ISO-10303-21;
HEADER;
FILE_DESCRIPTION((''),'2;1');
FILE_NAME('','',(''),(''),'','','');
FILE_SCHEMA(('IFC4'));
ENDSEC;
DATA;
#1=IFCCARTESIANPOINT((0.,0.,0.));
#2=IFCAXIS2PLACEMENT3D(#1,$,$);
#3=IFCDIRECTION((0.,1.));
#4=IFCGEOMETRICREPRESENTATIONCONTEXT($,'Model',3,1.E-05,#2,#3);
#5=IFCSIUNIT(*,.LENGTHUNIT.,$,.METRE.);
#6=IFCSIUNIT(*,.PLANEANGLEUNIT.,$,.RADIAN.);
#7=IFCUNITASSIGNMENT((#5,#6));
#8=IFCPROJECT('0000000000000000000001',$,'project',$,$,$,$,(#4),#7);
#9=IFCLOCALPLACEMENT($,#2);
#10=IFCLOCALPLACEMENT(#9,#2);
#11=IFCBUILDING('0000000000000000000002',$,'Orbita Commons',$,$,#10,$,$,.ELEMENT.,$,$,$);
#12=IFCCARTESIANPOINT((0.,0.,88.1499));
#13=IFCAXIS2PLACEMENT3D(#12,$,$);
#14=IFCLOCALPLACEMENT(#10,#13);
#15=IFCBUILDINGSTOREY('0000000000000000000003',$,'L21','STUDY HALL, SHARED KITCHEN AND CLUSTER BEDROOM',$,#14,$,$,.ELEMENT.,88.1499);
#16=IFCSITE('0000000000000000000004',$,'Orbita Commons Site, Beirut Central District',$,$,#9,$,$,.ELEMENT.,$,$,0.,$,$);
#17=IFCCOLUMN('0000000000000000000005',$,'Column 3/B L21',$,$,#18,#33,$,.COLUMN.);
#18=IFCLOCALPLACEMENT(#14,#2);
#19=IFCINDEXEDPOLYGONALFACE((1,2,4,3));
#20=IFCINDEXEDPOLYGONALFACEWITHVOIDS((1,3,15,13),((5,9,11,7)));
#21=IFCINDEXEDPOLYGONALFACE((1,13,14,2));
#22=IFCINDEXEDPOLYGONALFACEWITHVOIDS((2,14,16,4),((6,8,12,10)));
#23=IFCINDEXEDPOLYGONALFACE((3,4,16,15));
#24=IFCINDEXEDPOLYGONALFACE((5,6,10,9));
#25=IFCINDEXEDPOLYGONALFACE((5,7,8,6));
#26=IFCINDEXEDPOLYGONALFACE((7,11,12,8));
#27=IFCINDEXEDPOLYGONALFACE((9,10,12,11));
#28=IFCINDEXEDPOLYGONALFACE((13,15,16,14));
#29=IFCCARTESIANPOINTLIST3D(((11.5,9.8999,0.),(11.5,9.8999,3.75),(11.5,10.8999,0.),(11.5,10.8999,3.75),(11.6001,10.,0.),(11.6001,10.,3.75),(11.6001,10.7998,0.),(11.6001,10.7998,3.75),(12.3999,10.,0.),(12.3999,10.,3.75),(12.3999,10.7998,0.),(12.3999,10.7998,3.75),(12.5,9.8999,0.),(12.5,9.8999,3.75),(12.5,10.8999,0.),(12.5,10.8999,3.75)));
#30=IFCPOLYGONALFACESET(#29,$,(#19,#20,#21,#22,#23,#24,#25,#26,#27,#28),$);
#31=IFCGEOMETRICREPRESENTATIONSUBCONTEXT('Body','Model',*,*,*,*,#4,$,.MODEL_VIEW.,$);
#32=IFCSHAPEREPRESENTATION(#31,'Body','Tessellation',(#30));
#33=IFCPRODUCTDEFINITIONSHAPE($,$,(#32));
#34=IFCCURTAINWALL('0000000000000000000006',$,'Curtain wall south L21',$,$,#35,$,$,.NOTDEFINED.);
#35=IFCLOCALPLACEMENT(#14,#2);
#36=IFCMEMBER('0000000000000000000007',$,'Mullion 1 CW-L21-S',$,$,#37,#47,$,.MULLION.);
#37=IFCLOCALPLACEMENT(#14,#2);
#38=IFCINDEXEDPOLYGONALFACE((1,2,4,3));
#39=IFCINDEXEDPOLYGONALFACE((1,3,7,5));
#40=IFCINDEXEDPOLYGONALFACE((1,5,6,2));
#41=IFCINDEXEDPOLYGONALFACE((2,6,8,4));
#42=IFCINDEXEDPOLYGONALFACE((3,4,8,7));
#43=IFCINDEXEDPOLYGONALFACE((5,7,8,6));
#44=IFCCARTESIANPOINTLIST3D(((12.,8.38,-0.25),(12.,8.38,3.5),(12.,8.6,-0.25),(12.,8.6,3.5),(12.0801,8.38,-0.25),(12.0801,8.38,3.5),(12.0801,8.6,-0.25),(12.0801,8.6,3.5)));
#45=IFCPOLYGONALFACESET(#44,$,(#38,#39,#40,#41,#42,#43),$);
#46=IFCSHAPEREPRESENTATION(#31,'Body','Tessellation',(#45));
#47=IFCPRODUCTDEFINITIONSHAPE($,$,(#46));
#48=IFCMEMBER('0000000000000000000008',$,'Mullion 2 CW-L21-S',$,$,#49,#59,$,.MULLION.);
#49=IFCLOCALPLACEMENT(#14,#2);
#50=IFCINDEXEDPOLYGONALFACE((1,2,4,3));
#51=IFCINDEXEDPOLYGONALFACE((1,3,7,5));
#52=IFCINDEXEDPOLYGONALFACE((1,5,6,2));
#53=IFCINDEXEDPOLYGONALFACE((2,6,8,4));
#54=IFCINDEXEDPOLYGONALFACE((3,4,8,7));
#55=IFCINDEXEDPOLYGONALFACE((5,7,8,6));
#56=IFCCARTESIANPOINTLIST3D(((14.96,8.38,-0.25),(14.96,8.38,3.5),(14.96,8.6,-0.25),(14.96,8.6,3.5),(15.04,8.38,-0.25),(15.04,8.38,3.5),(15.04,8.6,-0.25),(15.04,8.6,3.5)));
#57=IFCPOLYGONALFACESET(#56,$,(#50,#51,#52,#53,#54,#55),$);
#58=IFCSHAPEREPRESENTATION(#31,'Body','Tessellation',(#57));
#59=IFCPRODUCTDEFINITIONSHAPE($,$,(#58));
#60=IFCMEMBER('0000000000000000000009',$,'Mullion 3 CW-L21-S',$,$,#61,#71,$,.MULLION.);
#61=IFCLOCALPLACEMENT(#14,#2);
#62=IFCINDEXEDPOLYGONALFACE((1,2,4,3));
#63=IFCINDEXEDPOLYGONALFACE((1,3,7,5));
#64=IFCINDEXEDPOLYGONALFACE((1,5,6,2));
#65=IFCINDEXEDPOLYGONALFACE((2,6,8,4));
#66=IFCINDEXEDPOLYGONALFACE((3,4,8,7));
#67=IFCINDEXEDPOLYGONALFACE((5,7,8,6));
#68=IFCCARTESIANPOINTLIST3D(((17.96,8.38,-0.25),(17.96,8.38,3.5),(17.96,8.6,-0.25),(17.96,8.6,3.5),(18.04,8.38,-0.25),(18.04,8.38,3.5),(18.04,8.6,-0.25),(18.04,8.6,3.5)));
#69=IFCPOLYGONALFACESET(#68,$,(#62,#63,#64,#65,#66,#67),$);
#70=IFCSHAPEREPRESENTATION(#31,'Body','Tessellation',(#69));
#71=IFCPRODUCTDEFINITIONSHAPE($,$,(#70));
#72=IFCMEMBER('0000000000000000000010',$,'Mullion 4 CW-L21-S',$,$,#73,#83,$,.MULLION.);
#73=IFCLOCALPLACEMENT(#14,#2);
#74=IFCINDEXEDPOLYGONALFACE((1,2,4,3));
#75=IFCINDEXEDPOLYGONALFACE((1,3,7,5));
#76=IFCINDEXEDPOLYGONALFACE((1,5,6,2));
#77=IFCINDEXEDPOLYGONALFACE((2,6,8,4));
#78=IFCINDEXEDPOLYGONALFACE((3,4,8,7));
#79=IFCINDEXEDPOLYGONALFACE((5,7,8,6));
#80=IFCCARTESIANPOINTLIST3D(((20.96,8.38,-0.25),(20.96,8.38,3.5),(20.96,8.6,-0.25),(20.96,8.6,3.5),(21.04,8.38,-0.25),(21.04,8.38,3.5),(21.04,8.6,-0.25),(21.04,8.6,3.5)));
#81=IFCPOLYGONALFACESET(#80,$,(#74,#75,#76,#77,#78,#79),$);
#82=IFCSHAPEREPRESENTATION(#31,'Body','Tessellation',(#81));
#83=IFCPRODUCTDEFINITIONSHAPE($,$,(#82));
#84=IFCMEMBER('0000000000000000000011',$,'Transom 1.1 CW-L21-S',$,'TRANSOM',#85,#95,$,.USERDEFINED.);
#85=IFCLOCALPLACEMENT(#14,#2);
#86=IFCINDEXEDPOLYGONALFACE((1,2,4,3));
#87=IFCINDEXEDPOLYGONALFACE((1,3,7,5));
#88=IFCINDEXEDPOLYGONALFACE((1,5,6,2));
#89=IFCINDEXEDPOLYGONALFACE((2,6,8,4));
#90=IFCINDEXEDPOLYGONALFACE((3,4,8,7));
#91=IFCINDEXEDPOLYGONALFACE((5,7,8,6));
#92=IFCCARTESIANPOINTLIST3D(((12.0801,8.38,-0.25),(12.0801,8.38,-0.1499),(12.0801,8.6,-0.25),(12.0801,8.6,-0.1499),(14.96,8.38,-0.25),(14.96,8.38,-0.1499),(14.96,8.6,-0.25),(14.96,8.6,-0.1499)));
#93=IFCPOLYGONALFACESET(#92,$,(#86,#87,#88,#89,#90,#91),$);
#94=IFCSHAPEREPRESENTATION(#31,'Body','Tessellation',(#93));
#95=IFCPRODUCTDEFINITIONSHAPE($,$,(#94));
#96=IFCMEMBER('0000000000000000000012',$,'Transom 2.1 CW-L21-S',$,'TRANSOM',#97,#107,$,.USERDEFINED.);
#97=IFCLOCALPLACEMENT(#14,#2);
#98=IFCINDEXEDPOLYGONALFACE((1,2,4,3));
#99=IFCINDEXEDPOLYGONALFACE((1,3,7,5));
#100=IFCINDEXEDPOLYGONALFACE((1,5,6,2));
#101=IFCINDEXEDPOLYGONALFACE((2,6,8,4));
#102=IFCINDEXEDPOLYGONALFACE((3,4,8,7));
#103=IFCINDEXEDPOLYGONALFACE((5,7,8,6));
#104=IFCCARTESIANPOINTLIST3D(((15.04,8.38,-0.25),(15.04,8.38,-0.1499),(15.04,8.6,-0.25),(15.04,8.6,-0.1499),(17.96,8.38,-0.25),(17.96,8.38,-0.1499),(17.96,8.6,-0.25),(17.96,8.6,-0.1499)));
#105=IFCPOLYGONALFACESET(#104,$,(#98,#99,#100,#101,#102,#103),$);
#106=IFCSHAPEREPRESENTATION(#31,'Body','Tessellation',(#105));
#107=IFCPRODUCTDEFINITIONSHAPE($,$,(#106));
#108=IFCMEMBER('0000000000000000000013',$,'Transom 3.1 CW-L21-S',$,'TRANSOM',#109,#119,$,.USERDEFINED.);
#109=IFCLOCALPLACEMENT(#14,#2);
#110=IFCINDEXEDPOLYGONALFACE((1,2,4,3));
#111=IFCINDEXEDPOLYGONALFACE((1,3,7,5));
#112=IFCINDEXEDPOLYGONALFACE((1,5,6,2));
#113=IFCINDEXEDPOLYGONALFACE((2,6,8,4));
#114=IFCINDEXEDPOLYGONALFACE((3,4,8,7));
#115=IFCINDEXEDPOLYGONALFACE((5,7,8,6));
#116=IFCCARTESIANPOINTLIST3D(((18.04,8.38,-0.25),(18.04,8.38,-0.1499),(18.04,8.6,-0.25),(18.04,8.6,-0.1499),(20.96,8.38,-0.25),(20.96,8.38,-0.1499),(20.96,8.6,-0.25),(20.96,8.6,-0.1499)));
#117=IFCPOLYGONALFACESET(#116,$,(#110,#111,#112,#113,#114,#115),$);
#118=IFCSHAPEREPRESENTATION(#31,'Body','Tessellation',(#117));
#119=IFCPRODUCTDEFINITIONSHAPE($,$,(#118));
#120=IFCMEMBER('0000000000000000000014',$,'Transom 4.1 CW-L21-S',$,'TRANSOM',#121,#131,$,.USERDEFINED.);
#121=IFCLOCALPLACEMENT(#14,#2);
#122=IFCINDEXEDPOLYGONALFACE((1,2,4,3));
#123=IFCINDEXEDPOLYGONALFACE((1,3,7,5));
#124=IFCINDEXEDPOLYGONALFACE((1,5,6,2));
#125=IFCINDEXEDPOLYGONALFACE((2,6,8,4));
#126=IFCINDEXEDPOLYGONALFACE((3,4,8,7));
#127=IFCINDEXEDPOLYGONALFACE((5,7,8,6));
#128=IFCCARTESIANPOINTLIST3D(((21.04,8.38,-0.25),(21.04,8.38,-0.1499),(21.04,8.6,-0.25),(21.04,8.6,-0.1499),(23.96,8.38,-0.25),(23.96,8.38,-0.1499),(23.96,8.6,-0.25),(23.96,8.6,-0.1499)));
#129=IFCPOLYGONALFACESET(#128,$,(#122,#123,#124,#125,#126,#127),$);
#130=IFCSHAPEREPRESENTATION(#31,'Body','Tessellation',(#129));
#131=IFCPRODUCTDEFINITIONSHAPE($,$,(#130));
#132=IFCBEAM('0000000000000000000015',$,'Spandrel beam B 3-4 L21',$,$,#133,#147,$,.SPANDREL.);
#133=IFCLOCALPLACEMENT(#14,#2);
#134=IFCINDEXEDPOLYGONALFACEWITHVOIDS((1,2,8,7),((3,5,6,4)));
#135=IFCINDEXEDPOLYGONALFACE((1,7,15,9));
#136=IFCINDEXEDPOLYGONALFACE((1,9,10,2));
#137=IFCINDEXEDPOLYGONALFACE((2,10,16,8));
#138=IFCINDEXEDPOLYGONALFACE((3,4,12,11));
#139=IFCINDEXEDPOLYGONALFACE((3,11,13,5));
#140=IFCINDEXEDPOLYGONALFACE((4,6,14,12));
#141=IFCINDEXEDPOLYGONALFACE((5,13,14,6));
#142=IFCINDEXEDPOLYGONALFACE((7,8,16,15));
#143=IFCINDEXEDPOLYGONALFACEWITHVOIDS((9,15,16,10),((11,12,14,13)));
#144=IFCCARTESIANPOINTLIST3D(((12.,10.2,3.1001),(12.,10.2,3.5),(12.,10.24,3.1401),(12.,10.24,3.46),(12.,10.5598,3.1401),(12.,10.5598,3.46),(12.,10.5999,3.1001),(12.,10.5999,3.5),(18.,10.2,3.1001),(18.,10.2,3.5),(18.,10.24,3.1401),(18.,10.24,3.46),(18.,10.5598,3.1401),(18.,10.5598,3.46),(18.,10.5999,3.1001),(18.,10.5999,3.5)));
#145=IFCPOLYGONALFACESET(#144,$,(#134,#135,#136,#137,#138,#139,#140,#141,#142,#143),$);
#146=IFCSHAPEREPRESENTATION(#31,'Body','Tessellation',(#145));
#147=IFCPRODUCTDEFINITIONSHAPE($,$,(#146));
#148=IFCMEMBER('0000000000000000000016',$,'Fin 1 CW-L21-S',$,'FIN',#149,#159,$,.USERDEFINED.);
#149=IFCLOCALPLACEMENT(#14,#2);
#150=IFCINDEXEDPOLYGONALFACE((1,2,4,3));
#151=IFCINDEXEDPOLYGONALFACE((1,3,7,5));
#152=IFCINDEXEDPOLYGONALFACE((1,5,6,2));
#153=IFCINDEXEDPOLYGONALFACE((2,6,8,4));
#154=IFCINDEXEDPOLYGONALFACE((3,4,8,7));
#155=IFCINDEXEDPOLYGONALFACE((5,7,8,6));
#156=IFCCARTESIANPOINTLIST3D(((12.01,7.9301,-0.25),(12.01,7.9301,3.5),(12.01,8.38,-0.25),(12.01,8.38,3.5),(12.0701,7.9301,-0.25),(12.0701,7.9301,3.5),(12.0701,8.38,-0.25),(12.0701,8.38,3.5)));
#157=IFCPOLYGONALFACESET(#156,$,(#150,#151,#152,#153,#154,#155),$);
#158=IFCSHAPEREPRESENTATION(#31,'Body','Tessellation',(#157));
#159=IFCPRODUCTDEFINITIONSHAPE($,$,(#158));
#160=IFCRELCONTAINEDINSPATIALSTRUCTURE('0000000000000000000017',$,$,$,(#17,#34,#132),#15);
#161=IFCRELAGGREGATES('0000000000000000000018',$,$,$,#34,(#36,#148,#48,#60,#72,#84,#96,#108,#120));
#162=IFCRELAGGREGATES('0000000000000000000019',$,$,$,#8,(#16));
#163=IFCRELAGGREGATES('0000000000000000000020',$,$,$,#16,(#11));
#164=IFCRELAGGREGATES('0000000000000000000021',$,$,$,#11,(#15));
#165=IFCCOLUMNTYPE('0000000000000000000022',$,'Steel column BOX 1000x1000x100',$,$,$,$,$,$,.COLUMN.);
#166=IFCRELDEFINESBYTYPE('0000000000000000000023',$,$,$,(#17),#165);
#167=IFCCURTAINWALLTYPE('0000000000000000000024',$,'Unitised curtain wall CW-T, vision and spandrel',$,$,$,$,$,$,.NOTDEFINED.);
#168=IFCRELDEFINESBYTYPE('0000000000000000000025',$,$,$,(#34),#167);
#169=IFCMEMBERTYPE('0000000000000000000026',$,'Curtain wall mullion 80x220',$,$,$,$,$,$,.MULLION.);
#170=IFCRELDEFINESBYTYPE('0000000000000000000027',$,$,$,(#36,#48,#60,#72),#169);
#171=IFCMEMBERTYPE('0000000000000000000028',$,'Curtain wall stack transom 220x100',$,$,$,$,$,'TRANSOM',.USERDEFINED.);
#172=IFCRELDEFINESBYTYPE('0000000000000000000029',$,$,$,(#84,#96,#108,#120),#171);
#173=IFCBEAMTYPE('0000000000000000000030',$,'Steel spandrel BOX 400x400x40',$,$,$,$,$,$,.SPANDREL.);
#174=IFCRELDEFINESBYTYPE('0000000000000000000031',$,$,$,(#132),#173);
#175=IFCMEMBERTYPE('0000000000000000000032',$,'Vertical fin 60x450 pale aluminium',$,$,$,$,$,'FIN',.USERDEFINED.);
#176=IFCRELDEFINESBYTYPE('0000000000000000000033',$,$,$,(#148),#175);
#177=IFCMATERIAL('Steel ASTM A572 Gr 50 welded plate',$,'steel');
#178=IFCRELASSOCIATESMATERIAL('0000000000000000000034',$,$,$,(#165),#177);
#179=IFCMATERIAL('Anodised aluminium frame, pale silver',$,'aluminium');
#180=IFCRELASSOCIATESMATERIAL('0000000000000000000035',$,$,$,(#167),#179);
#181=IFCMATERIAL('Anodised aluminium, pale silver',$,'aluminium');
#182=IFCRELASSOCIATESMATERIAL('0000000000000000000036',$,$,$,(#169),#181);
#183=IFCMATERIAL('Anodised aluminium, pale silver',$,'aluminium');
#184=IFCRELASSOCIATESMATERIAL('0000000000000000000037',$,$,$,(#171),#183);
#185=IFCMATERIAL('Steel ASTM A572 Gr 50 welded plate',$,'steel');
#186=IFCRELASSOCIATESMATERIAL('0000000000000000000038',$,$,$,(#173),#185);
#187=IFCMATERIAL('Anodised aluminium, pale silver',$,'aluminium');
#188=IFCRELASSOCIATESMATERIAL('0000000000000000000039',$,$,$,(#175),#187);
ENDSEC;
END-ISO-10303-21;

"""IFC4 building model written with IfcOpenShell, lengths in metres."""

from ifc_helpers import new_model, si_unit, direction, frame, origin, origin_2d, place, context, subcontext, project, spatial, rectangle, hollow_rectangle, extrude, material, material_profile, profile_set, type_object, element, aggregate, save


model = new_model("IFC4")

# Units and contexts
model_context = context("Model", 3, precision=1e-05, world=origin(), true_north=direction((0.0, 1.0)))
body_context = subcontext(model_context, "Body", "Model", "MODEL_VIEW")
ifc_project = project(units=[si_unit("LENGTHUNIT", "METRE"), si_unit("PLANEANGLEUNIT", "RADIAN")], contexts=[model_context])

# Site, building, storey
site_placement = place(None, origin())
site = spatial("IfcSite", under=ifc_project, at=site_placement, Name="Orbita Commons Site, Beirut Central District", CompositionType="ELEMENT", RefElevation=0.0)
building_placement = place(site_placement, origin())
building = spatial("IfcBuilding", under=site, at=building_placement, Name="Orbita Commons", CompositionType="ELEMENT")
storey_placement = place(building_placement, frame((0.0, 0.0, 88.1499)))
storey = spatial("IfcBuildingStorey", under=building, at=storey_placement, Name="L21", Description="STUDY HALL, SHARED KITCHEN AND CLUSTER BEDROOM", CompositionType="ELEMENT", Elevation=88.1499)

# Column
ifc_material_1 = material(Name="Steel ASTM A572 Gr 50 welded plate", Category="steel")
ifc_material_profile_1 = material_profile(ifc_material_1, hollow_rectangle(XDim=1.0, YDim=1.0, WallThickness=0.1001, at=origin_2d()), Name="BOX 1000x1000x100")
ifc_profile_set_1 = profile_set([ifc_material_profile_1], Name="Steel ASTM A572 Gr 50 welded plate")
column_type = type_object("IfcColumnType", Name="Steel column BOX 1000x1000x100", PredefinedType="COLUMN", material=ifc_profile_set_1)
column_placement = place(storey_placement, frame((12.0, 10.3999, 0.0), z_axis=(0.0, 0.0, 1.0), x_axis=(1.0, 0.0, 0.0)))
element("IfcColumn", 1, at=column_placement, inside=storey, type_object=column_type, Name="Column 3/B L21", PredefinedType="COLUMN", context=body_context, shape_type="SweptSolid", body=[
    extrude(hollow_rectangle(XDim=1.0, YDim=1.0, WallThickness=0.1001, at=origin_2d()), origin(), (0.0, 0.0, 1.0), 3.75),
])

# Curtain wall, members
ifc_material_2 = material(Name="Anodised aluminium frame, pale silver", Category="aluminium")
curtain_wall_type = type_object("IfcCurtainWallType", Name="Unitised curtain wall CW-T, vision and spandrel", PredefinedType="NOTDEFINED", material=ifc_material_2)
curtain_wall_placement = place(storey_placement, origin())
curtain_wall = element("IfcCurtainWall", 2, at=curtain_wall_placement, inside=storey, type_object=curtain_wall_type, Name="Curtain wall south L21", PredefinedType="NOTDEFINED")
ifc_material_3 = material(Name="Anodised aluminium, pale silver", Category="aluminium")
ifc_material_profile_2 = material_profile(ifc_material_3, rectangle(XDim=0.0801, YDim=0.22, at=origin_2d()), Name="AL 80x220")
ifc_profile_set_2 = profile_set([ifc_material_profile_2], Name="Anodised aluminium, pale silver")
member_type_1 = type_object("IfcMemberType", Name="Curtain wall mullion 80x220", PredefinedType="MULLION", material=ifc_profile_set_2)
member_1_placement = place(storey_placement, frame((12.04, 8.49, -0.25), z_axis=(0.0, 0.0, 1.0), x_axis=(1.0, 0.0, 0.0)))
member_1 = element("IfcMember", 3, at=member_1_placement, type_object=member_type_1, Name="Mullion 1 CW-L21-S", PredefinedType="MULLION", context=body_context, shape_type="SweptSolid", body=[
    extrude(rectangle(XDim=0.0801, YDim=0.22, at=origin_2d()), origin(), (0.0, 0.0, 1.0), 3.75),
])
member_2_placement = place(storey_placement, frame((15.0, 8.49, -0.25), z_axis=(0.0, 0.0, 1.0), x_axis=(1.0, 0.0, 0.0)))
member_2 = element("IfcMember", 4, at=member_2_placement, type_object=member_type_1, Name="Mullion 2 CW-L21-S", PredefinedType="MULLION", context=body_context, shape_type="SweptSolid", body=[
    extrude(rectangle(XDim=0.0801, YDim=0.22, at=origin_2d()), origin(), (0.0, 0.0, 1.0), 3.75),
])
member_3_placement = place(storey_placement, frame((18.0, 8.49, -0.25), z_axis=(0.0, 0.0, 1.0), x_axis=(1.0, 0.0, 0.0)))
member_3 = element("IfcMember", 5, at=member_3_placement, type_object=member_type_1, Name="Mullion 3 CW-L21-S", PredefinedType="MULLION", context=body_context, shape_type="SweptSolid", body=[
    extrude(rectangle(XDim=0.0801, YDim=0.22, at=origin_2d()), origin(), (0.0, 0.0, 1.0), 3.75),
])
member_4_placement = place(storey_placement, frame((21.0, 8.49, -0.25), z_axis=(0.0, 0.0, 1.0), x_axis=(1.0, 0.0, 0.0)))
member_4 = element("IfcMember", 6, at=member_4_placement, type_object=member_type_1, Name="Mullion 4 CW-L21-S", PredefinedType="MULLION", context=body_context, shape_type="SweptSolid", body=[
    extrude(rectangle(XDim=0.0801, YDim=0.22, at=origin_2d()), origin(), (0.0, 0.0, 1.0), 3.75),
])
ifc_material_4 = material(Name="Anodised aluminium, pale silver", Category="aluminium")
ifc_material_profile_3 = material_profile(ifc_material_4, rectangle(XDim=0.22, YDim=0.1001, at=origin_2d()), Name="AL 220x100")
ifc_profile_set_3 = profile_set([ifc_material_profile_3], Name="Anodised aluminium, pale silver")
member_type_2 = type_object("IfcMemberType", Name="Curtain wall stack transom 220x100", ElementType="TRANSOM", PredefinedType="USERDEFINED", material=ifc_profile_set_3)
member_5_placement = place(storey_placement, frame((12.0801, 8.49, -0.2), z_axis=(1.0, 0.0, 0.0), x_axis=(0.0, 1.0, 0.0)))
member_5 = element("IfcMember", 7, at=member_5_placement, type_object=member_type_2, Name="Transom 1.1 CW-L21-S", ObjectType="TRANSOM", PredefinedType="USERDEFINED", context=body_context, shape_type="SweptSolid", body=[
    extrude(rectangle(XDim=0.22, YDim=0.1001, at=origin_2d()), origin(), (0.0, 0.0, 1.0), 2.8799),
])
member_6_placement = place(storey_placement, frame((15.04, 8.49, -0.2), z_axis=(1.0, 0.0, 0.0), x_axis=(0.0, 1.0, 0.0)))
member_6 = element("IfcMember", 8, at=member_6_placement, type_object=member_type_2, Name="Transom 2.1 CW-L21-S", ObjectType="TRANSOM", PredefinedType="USERDEFINED", context=body_context, shape_type="SweptSolid", body=[
    extrude(rectangle(XDim=0.22, YDim=0.1001, at=origin_2d()), origin(), (0.0, 0.0, 1.0), 2.9199),
])
member_7_placement = place(storey_placement, frame((18.04, 8.49, -0.2), z_axis=(1.0, 0.0, 0.0), x_axis=(0.0, 1.0, 0.0)))
member_7 = element("IfcMember", 9, at=member_7_placement, type_object=member_type_2, Name="Transom 3.1 CW-L21-S", ObjectType="TRANSOM", PredefinedType="USERDEFINED", context=body_context, shape_type="SweptSolid", body=[
    extrude(rectangle(XDim=0.22, YDim=0.1001, at=origin_2d()), origin(), (0.0, 0.0, 1.0), 2.9199),
])
member_8_placement = place(storey_placement, frame((21.04, 8.49, -0.2), z_axis=(1.0, 0.0, 0.0), x_axis=(0.0, 1.0, 0.0)))
member_8 = element("IfcMember", 10, at=member_8_placement, type_object=member_type_2, Name="Transom 4.1 CW-L21-S", ObjectType="TRANSOM", PredefinedType="USERDEFINED", context=body_context, shape_type="SweptSolid", body=[
    extrude(rectangle(XDim=0.22, YDim=0.1001, at=origin_2d()), origin(), (0.0, 0.0, 1.0), 2.9199),
])

# Beam
ifc_material_5 = material(Name="Steel ASTM A572 Gr 50 welded plate", Category="steel")
ifc_material_profile_4 = material_profile(ifc_material_5, hollow_rectangle(XDim=0.3999, YDim=0.3999, WallThickness=0.04, at=origin_2d()), Name="BOX 400x400x40")
ifc_profile_set_4 = profile_set([ifc_material_profile_4], Name="Steel ASTM A572 Gr 50 welded plate")
beam_type = type_object("IfcBeamType", Name="Steel spandrel BOX 400x400x40", PredefinedType="SPANDREL", material=ifc_profile_set_4)
beam_placement = place(storey_placement, frame((12.0, 10.3999, 3.3), z_axis=(1.0, 0.0, 0.0), x_axis=(0.0, 1.0, 0.0)))
element("IfcBeam", 11, at=beam_placement, inside=storey, type_object=beam_type, Name="Spandrel beam B 3-4 L21", PredefinedType="SPANDREL", context=body_context, shape_type="SweptSolid", body=[
    extrude(hollow_rectangle(XDim=0.3999, YDim=0.3999, WallThickness=0.04, at=origin_2d()), origin(), (0.0, 0.0, 1.0), 6.0),
])

# Member
ifc_material_6 = material(Name="Anodised aluminium, pale silver", Category="aluminium")
ifc_material_profile_5 = material_profile(ifc_material_6, rectangle(XDim=0.0601, YDim=0.45, at=origin_2d()), Name="FIN 60x450")
ifc_profile_set_5 = profile_set([ifc_material_profile_5], Name="Anodised aluminium, pale silver")
member_type_3 = type_object("IfcMemberType", Name="Vertical fin 60x450 pale aluminium", ElementType="FIN", PredefinedType="USERDEFINED", material=ifc_profile_set_5)
member_9_placement = place(storey_placement, frame((12.04, 8.155, -0.25), z_axis=(0.0, 0.0, 1.0), x_axis=(1.0, 0.0, 0.0)))
member_9 = element("IfcMember", 12, at=member_9_placement, type_object=member_type_3, Name="Fin 1 CW-L21-S", ObjectType="FIN", PredefinedType="USERDEFINED", context=body_context, shape_type="SweptSolid", body=[
    extrude(rectangle(XDim=0.0601, YDim=0.45, at=origin_2d()), origin(), (0.0, 0.0, 1.0), 3.75),
])

aggregate(curtain_wall, [member_1, member_9, member_2, member_3, member_4, member_5, member_6, member_7, member_8])

save(model, "model.ifc")
